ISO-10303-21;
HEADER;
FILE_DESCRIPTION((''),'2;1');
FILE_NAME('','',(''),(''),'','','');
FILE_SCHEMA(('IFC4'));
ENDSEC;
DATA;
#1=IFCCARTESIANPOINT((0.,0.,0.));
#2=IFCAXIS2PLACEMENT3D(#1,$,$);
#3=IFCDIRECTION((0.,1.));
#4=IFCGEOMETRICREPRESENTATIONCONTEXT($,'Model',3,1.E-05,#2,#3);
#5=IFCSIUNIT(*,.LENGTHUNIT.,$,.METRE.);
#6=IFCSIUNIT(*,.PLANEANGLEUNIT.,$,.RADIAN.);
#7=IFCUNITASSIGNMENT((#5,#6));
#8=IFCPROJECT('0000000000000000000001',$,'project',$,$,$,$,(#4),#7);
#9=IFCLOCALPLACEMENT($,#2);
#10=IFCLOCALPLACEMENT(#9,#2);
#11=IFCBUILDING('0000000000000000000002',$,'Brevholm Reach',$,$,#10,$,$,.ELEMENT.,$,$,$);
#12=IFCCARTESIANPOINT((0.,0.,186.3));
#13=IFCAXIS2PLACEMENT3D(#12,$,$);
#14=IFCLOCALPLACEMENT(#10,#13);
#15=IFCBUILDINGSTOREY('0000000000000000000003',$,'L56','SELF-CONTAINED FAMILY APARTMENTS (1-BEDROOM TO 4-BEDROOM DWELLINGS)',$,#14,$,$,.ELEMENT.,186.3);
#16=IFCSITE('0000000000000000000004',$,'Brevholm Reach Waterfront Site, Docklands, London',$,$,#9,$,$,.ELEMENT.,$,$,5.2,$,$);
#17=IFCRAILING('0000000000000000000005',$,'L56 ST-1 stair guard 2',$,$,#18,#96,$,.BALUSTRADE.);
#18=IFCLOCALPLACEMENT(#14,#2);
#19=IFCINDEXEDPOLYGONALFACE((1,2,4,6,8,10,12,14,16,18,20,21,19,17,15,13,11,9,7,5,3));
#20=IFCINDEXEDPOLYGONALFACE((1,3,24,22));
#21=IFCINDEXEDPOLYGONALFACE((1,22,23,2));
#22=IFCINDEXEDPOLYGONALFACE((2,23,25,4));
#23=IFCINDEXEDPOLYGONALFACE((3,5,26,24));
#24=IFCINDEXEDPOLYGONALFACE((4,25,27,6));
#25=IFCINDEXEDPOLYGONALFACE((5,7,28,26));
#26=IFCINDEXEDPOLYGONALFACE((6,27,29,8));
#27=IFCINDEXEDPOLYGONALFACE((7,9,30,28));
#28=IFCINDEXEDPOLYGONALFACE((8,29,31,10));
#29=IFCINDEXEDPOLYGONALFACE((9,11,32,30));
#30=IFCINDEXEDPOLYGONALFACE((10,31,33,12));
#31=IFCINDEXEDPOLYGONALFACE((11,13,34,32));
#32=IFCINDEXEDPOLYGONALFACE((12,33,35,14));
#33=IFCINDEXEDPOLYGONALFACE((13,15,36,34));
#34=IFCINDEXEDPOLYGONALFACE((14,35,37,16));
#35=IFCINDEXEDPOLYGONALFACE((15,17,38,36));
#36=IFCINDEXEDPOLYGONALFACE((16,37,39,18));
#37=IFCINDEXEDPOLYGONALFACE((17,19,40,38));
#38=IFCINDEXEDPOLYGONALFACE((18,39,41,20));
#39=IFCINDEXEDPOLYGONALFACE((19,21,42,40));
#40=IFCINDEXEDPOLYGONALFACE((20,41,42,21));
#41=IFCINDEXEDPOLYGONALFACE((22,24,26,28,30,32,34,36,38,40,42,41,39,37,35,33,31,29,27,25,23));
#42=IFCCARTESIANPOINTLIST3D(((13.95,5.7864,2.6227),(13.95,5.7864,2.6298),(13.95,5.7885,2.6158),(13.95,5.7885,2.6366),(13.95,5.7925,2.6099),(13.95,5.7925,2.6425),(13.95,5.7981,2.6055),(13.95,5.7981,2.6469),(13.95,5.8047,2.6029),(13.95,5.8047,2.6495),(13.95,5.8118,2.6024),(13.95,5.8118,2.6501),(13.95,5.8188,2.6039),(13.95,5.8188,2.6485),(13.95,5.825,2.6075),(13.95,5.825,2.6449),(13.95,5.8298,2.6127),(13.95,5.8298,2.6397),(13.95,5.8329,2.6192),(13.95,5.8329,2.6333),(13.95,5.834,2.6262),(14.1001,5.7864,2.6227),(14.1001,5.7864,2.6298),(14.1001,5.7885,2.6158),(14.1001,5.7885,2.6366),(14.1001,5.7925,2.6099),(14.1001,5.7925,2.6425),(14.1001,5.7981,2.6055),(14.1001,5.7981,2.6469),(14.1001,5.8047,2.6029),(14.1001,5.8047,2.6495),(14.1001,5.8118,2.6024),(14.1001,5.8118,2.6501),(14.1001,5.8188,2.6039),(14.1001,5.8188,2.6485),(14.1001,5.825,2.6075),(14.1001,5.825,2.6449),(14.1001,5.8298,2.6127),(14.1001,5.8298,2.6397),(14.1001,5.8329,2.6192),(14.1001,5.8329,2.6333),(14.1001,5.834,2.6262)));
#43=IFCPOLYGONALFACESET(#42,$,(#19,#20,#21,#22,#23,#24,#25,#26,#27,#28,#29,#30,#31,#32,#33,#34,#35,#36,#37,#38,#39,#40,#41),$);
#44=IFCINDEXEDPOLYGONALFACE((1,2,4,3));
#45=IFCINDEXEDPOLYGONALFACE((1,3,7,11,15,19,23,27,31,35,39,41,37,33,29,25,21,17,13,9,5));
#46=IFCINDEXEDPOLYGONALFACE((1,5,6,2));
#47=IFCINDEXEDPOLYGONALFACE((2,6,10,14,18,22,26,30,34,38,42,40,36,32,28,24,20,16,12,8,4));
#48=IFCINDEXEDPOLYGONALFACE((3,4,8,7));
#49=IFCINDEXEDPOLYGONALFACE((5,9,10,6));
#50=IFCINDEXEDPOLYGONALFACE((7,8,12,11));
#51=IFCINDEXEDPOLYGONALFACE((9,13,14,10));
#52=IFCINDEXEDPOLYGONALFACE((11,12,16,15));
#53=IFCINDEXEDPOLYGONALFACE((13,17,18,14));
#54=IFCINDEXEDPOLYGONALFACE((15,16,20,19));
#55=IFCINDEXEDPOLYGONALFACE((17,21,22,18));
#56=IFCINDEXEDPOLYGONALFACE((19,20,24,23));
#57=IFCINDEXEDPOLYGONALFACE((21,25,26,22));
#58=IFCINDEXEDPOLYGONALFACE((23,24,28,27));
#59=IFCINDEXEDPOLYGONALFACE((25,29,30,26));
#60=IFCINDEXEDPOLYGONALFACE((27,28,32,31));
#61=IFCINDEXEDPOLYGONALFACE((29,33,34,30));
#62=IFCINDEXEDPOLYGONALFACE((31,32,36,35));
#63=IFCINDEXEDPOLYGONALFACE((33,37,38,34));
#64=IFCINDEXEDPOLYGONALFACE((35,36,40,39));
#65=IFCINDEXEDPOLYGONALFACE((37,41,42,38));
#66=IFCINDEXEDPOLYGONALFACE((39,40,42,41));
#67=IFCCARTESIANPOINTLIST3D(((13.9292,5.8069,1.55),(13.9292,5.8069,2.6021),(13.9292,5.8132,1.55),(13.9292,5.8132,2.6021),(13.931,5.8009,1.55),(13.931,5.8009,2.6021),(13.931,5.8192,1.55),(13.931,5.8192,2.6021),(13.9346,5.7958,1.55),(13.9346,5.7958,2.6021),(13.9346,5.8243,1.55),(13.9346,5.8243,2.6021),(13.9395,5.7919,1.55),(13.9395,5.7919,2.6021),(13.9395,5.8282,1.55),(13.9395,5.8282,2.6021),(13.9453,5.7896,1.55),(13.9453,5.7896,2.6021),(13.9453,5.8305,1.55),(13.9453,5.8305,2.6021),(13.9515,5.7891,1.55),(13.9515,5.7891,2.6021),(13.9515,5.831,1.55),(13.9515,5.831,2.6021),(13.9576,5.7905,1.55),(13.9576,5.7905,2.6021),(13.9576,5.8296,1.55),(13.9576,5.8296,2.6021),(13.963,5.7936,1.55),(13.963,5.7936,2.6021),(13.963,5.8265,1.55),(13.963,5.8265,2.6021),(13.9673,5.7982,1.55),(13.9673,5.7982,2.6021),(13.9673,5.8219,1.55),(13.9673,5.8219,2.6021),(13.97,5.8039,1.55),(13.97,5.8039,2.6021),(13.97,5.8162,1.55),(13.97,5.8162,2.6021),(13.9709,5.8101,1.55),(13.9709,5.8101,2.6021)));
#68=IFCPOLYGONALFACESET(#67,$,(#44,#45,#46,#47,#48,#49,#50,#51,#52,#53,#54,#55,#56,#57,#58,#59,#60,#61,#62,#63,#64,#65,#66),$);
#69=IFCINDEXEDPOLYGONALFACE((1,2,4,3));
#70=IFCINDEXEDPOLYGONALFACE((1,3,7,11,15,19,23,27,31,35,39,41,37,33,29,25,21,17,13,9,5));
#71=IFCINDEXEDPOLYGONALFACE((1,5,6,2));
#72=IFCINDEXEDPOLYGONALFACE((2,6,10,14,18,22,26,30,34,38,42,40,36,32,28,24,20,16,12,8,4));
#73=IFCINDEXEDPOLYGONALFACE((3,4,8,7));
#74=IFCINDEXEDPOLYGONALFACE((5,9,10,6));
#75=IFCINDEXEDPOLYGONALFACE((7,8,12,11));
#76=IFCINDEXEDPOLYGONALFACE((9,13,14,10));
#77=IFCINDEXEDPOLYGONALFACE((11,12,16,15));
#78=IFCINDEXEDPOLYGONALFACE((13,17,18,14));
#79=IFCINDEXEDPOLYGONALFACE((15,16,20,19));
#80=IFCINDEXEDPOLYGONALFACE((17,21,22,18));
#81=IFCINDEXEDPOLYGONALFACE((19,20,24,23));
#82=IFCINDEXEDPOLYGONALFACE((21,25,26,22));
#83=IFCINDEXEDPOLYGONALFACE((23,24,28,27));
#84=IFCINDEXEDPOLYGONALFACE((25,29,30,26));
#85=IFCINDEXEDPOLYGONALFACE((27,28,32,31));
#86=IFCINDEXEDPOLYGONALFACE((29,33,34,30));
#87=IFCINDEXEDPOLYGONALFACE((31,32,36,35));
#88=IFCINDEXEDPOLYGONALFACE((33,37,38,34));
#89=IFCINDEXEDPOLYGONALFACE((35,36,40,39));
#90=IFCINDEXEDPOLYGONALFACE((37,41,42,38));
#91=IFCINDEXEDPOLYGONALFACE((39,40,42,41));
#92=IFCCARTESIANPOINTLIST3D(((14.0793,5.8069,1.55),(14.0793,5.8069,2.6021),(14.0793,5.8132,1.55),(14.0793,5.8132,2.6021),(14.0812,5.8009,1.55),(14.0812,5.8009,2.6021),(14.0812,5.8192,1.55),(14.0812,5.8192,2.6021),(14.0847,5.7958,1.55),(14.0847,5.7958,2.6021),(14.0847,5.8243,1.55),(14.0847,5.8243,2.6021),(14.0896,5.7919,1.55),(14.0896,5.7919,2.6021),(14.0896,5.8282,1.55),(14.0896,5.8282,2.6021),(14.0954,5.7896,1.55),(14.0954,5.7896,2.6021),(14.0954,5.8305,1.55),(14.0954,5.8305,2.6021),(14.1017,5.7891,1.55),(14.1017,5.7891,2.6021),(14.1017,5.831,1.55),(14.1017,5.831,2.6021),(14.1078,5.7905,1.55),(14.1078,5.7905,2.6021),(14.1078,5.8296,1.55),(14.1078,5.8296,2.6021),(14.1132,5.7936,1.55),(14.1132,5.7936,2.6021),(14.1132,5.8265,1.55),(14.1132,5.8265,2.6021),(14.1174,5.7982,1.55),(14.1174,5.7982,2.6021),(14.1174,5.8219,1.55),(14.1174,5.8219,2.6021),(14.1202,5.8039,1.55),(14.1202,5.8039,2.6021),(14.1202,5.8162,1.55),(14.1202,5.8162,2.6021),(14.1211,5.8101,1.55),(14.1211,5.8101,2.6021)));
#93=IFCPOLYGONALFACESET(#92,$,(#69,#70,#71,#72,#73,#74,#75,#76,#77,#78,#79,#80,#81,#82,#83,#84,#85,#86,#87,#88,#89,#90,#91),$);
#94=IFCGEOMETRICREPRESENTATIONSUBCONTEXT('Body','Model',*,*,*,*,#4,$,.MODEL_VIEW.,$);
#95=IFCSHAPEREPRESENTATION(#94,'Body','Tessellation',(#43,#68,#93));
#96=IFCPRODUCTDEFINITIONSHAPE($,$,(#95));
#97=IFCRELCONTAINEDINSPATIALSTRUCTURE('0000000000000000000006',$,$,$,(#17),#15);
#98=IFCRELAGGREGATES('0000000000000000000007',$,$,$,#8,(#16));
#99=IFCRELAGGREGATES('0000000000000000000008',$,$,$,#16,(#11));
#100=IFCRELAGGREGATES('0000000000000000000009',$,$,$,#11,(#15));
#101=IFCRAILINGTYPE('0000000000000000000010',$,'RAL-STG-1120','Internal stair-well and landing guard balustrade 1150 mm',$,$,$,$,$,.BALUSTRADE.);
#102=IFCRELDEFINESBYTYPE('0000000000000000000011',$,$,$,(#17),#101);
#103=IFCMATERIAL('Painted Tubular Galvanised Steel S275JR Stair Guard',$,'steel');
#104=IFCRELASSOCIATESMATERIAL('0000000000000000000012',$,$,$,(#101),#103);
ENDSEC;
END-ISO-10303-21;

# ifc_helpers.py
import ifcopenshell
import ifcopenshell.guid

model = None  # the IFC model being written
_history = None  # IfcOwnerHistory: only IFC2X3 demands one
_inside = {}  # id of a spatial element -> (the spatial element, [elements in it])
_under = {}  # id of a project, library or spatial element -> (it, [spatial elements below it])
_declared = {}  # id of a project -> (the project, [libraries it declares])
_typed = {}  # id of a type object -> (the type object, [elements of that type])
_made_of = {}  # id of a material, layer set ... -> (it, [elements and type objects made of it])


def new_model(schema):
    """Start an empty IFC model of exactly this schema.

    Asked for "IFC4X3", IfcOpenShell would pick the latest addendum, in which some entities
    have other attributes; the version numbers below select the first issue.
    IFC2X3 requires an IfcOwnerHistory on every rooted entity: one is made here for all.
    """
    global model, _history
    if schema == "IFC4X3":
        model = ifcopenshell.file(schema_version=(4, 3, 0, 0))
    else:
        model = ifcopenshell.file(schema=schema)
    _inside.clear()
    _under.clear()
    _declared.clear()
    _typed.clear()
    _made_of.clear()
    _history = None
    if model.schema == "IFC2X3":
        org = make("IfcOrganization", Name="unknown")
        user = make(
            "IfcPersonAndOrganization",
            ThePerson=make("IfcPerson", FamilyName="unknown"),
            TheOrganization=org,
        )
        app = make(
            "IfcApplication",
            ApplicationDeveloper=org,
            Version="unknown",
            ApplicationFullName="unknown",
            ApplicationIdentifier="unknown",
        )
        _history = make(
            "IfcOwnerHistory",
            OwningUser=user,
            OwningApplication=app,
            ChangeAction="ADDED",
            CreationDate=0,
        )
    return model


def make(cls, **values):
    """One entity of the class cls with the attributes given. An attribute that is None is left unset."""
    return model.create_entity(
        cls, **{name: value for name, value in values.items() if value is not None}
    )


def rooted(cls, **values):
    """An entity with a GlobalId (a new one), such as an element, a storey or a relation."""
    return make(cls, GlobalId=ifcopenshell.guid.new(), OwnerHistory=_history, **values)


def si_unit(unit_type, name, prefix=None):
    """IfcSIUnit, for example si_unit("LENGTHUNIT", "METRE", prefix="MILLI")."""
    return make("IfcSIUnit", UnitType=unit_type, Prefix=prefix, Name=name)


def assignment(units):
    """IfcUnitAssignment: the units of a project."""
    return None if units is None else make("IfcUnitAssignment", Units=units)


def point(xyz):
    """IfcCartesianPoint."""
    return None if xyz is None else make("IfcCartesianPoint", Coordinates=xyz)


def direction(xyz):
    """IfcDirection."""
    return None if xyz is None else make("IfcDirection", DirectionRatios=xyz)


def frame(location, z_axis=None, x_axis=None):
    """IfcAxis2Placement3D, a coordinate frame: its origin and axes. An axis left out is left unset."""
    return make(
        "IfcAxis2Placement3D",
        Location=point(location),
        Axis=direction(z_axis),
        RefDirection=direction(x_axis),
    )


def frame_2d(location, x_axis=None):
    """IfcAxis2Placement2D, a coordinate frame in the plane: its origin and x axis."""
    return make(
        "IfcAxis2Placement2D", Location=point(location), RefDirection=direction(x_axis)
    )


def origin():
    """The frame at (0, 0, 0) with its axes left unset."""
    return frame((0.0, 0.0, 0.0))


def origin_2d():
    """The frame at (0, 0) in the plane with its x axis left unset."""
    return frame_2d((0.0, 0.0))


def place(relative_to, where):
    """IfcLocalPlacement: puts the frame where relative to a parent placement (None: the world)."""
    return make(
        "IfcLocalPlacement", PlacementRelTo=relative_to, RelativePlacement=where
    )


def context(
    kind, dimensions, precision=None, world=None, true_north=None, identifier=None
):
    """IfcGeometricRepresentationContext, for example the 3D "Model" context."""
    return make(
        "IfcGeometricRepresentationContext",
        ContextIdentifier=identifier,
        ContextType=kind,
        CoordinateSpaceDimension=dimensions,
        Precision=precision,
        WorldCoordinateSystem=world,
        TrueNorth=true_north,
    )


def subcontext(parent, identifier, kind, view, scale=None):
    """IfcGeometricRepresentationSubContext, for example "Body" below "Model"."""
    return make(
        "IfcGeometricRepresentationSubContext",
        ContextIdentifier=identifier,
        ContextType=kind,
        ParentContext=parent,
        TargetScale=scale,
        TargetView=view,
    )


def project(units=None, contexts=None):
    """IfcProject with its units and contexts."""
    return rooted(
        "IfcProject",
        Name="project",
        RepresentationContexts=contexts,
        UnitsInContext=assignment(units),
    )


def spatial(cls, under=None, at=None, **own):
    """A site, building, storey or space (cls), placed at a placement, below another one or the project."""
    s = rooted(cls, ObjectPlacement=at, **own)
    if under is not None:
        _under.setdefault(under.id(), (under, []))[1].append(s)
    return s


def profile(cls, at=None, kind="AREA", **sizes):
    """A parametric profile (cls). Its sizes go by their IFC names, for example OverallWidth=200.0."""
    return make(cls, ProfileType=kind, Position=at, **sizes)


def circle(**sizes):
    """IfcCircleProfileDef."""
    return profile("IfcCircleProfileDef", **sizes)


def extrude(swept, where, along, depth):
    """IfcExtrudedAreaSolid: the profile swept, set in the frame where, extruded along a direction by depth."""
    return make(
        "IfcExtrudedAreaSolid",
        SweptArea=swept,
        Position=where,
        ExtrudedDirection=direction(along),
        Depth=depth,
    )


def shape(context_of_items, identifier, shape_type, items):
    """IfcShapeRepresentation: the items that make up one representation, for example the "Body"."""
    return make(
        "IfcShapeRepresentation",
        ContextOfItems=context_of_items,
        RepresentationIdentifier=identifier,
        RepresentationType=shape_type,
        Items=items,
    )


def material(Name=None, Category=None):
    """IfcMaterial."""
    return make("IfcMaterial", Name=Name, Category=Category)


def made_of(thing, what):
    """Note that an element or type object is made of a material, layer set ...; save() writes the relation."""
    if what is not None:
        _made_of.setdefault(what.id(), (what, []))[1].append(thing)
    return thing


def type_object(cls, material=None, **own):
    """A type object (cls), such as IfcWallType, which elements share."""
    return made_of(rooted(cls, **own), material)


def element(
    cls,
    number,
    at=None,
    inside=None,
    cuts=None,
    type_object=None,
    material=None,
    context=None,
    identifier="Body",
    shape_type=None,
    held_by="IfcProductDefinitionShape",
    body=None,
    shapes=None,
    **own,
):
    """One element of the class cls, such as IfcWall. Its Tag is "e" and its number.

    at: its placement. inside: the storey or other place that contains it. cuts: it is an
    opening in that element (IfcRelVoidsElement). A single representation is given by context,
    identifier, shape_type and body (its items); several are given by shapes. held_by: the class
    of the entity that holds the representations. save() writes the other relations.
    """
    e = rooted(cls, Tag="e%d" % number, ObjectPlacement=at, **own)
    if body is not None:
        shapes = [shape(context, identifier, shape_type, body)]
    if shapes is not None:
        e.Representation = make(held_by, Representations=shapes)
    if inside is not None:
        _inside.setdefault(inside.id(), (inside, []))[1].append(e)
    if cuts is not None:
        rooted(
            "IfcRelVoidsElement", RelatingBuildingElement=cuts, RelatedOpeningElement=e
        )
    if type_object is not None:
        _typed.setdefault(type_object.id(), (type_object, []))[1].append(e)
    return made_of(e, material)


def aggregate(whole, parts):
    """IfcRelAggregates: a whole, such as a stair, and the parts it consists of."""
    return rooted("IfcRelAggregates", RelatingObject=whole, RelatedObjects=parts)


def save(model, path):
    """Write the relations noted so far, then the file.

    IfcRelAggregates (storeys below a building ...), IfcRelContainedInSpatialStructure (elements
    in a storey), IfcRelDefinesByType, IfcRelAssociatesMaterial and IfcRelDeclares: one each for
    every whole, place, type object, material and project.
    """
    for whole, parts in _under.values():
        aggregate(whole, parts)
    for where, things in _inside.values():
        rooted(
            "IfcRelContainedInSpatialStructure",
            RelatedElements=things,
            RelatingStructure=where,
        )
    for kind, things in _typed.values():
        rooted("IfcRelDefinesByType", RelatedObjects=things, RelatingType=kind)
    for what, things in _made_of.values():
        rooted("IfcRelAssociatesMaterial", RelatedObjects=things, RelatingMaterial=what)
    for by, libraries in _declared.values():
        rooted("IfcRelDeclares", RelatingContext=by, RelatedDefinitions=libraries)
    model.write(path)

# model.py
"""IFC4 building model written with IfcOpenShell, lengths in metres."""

from ifc_helpers import new_model, si_unit, direction, frame, origin, origin_2d, place, context, subcontext, project, spatial, circle, extrude, material, type_object, element, save


model = new_model("IFC4")

# Units and contexts
model_context = context("Model", 3, precision=1e-05, world=origin(), true_north=direction((0.0, 1.0)))
body_context = subcontext(model_context, "Body", "Model", "MODEL_VIEW")
ifc_project = project(units=[si_unit("LENGTHUNIT", "METRE"), si_unit("PLANEANGLEUNIT", "RADIAN")], contexts=[model_context])

# Site, building, storey
site_placement = place(None, origin())
site = spatial("IfcSite", under=ifc_project, at=site_placement, Name="Brevholm Reach Waterfront Site, Docklands, London", CompositionType="ELEMENT", RefElevation=5.2)
building_placement = place(site_placement, origin())
building = spatial("IfcBuilding", under=site, at=building_placement, Name="Brevholm Reach", CompositionType="ELEMENT")
storey_placement = place(building_placement, frame((0.0, 0.0, 186.3)))
storey = spatial("IfcBuildingStorey", under=building, at=storey_placement, Name="L56", Description="SELF-CONTAINED FAMILY APARTMENTS (1-BEDROOM TO 4-BEDROOM DWELLINGS)", CompositionType="ELEMENT", Elevation=186.3)

# Railing
ifc_material_1 = material(Name="Painted Tubular Galvanised Steel S275JR Stair Guard", Category="steel")
railing_type_1 = type_object("IfcRailingType", Name="RAL-STG-1120", Description="Internal stair-well and landing guard balustrade 1150 mm", PredefinedType="BALUSTRADE", material=ifc_material_1)
railing_1_placement = place(storey_placement, frame((13.95, 5.8101, 1.55)))
element("IfcRailing", 1, at=railing_1_placement, inside=storey, type_object=railing_type_1, Name="L56 ST-1 stair guard 2", PredefinedType="BALUSTRADE", context=body_context, shape_type="SweptSolid", body=[
    extrude(circle(Radius=0.0239, at=origin_2d()), frame((0.0, 0.0, 1.0762), z_axis=(1.0, 0.0, 0.0), x_axis=(0.0, 1.0, 0.0)), (0.0, 0.0, 1.0), 0.1501),
    extrude(circle(Radius=0.021, at=origin_2d()), origin(), (0.0, 0.0, 1.0), 1.052),
    extrude(circle(Radius=0.021, at=origin_2d()), frame((0.1501, 0.0, 0.0)), (0.0, 0.0, 1.0), 1.052),
])

save(model, "model.ifc")
